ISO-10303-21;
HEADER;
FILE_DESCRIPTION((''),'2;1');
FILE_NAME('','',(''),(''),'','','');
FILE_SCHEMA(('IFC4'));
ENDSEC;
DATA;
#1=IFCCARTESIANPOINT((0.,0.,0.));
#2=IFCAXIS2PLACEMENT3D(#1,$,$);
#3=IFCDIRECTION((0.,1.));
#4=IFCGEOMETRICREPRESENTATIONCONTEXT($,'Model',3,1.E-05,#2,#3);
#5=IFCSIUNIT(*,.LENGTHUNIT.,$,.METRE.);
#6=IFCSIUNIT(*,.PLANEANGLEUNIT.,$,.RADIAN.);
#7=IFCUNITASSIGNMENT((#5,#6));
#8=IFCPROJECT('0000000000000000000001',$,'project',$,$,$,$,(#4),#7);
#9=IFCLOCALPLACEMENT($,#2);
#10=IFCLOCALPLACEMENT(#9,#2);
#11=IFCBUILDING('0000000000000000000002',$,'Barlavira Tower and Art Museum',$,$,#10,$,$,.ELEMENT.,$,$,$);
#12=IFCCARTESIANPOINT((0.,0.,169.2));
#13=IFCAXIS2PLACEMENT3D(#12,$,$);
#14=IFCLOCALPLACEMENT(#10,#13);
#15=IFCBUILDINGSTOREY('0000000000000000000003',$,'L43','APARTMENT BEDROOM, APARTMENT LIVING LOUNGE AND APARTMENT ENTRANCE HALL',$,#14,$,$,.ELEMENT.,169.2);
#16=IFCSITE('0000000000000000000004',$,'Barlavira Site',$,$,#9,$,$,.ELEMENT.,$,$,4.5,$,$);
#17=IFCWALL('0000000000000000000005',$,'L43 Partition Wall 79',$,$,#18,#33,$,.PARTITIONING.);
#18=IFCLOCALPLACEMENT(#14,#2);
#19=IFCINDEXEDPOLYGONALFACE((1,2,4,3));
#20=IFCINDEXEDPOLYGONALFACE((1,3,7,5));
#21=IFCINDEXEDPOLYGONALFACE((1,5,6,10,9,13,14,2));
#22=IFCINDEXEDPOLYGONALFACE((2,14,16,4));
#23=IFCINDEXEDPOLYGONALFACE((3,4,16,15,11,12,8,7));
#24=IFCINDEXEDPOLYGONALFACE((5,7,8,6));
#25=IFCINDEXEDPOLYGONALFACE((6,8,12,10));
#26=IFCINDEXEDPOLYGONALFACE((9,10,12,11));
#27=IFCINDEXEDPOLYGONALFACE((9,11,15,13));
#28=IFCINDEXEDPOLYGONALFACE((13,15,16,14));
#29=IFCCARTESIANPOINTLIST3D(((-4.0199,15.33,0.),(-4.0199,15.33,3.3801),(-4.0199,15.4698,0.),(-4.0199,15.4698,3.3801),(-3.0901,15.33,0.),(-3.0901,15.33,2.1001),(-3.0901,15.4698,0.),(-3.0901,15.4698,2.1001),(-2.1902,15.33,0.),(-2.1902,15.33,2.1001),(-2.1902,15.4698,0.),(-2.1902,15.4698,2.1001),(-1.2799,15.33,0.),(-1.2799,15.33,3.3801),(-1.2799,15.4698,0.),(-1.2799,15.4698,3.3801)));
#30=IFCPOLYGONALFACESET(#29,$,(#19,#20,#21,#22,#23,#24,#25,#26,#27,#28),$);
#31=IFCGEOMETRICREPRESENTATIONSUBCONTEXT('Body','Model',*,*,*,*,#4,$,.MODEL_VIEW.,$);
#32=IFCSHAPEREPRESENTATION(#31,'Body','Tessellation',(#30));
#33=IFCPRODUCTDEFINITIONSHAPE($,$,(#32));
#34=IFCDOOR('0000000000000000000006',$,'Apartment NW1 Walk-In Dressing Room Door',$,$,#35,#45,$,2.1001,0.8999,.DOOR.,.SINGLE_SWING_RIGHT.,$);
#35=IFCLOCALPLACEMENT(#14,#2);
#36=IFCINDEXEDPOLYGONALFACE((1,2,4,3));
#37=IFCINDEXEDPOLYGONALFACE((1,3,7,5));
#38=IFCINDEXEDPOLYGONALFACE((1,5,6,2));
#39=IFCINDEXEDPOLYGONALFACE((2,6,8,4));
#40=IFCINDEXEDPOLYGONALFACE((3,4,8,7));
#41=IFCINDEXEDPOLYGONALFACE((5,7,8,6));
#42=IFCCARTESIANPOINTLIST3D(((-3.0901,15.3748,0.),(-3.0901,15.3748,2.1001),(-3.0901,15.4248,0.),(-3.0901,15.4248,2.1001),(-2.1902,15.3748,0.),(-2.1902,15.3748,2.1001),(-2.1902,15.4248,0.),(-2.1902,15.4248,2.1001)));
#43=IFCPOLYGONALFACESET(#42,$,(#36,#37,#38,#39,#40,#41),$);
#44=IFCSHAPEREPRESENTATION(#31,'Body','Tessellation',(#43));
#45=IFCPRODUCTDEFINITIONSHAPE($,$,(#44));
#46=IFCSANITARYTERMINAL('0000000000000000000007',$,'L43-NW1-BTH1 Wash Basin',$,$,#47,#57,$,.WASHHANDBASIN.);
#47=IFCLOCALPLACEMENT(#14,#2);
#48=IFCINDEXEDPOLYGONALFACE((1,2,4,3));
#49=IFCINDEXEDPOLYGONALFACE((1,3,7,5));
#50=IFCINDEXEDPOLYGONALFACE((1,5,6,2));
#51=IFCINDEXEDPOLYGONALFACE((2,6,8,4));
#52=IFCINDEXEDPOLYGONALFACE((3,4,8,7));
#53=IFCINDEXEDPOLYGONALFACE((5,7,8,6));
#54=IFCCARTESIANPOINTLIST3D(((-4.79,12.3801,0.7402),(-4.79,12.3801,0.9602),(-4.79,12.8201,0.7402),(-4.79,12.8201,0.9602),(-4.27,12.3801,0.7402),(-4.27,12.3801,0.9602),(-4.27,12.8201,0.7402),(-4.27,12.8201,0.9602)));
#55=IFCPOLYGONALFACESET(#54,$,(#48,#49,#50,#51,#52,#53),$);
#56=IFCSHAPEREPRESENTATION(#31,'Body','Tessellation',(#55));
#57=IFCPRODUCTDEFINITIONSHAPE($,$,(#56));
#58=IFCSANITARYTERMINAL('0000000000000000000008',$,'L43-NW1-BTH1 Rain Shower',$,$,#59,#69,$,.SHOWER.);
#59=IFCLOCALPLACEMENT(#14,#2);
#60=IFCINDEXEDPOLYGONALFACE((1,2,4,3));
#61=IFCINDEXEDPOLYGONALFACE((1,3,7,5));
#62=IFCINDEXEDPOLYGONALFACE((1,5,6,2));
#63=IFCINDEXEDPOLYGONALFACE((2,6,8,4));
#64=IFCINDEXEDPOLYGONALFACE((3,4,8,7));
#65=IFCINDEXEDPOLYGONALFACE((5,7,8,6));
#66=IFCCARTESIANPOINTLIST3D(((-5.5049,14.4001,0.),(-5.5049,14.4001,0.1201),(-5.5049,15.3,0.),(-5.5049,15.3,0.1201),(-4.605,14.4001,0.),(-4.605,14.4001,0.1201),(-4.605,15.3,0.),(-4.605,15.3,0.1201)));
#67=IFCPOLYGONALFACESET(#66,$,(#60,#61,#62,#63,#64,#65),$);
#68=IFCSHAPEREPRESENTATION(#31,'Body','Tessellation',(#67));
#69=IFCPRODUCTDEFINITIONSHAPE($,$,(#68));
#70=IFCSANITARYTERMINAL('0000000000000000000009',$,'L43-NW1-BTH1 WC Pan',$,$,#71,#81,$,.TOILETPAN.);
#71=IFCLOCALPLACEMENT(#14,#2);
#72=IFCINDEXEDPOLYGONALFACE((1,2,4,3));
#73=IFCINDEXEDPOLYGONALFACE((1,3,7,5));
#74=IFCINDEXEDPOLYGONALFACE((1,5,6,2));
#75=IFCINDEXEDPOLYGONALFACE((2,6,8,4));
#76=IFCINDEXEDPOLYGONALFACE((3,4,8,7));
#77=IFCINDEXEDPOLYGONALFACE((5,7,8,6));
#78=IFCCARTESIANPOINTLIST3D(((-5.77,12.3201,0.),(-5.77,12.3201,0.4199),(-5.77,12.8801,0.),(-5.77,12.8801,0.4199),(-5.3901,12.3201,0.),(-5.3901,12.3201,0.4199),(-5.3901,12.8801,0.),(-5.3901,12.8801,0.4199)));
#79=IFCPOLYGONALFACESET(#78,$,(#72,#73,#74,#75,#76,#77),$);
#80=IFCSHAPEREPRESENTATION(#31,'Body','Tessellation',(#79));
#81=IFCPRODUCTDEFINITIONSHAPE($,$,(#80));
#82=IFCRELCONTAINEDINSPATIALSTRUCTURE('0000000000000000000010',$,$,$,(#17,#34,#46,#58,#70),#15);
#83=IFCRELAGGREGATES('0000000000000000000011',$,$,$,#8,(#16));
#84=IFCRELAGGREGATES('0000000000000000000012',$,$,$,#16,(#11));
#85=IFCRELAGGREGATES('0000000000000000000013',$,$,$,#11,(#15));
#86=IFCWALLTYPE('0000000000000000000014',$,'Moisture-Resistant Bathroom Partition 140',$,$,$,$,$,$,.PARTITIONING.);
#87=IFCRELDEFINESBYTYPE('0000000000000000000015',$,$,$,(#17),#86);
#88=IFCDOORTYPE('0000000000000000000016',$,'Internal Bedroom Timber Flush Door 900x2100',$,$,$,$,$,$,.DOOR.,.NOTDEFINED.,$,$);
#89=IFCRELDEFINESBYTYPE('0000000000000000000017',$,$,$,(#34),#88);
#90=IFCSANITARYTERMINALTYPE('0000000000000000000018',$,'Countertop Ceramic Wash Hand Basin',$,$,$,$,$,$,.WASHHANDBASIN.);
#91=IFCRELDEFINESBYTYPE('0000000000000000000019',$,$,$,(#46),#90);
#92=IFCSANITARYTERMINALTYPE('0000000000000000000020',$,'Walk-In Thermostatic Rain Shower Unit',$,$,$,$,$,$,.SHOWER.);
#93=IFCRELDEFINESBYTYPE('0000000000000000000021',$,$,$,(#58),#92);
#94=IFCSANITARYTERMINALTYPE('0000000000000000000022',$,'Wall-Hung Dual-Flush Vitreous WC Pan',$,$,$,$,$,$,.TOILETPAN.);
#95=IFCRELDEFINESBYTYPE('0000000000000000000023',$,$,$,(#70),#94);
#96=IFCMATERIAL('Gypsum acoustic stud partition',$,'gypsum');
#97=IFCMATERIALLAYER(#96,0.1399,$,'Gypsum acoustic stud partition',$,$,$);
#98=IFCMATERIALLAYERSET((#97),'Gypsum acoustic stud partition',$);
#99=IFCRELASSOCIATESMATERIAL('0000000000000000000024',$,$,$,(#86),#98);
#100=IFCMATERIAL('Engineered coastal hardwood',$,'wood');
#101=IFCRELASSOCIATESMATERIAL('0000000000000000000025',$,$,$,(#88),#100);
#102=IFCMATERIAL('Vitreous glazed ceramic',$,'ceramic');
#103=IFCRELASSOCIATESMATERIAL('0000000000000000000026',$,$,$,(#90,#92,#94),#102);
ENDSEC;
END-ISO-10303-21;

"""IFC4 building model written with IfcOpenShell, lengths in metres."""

from ifc_helpers import new_model, si_unit, direction, frame, frame_2d, origin, origin_2d, place, context, subcontext, project, spatial, rectangle, extrude, material, layer, layer_set, type_object, element, fill, save


model = new_model("IFC4")

# Units and contexts
model_context = context("Model", 3, precision=1e-05, world=origin(), true_north=direction((0.0, 1.0)))
body_context = subcontext(model_context, "Body", "Model", "MODEL_VIEW")
ifc_project = project(units=[si_unit("LENGTHUNIT", "METRE"), si_unit("PLANEANGLEUNIT", "RADIAN")], contexts=[model_context])

# Site, building, storey
site_placement = place(None, origin())
site = spatial("IfcSite", under=ifc_project, at=site_placement, Name="Barlavira Site", CompositionType="ELEMENT", RefElevation=4.5)
building_placement = place(site_placement, origin())
building = spatial("IfcBuilding", under=site, at=building_placement, Name="Barlavira Tower and Art Museum", CompositionType="ELEMENT")
storey_placement = place(building_placement, frame((0.0, 0.0, 169.2)))
storey = spatial("IfcBuildingStorey", under=building, at=storey_placement, Name="L43", Description="APARTMENT BEDROOM, APARTMENT LIVING LOUNGE AND APARTMENT ENTRANCE HALL", CompositionType="ELEMENT", Elevation=169.2)

# Shared definitions
ifc_material_1 = material(Name="Gypsum acoustic stud partition", Category="gypsum")

# Shared definitions
ifc_layer_1 = layer(ifc_material_1, 0.1399, Name="Gypsum acoustic stud partition")
ifc_layer_set_1 = layer_set([ifc_layer_1], Name="Gypsum acoustic stud partition")
wall_type_1 = type_object("IfcWallType", Name="Moisture-Resistant Bathroom Partition 140", PredefinedType="PARTITIONING", material=ifc_layer_set_1)
ifc_material_2 = material(Name="Engineered coastal hardwood", Category="wood")
door_type_1 = type_object("IfcDoorType", Name="Internal Bedroom Timber Flush Door 900x2100", OperationType="NOTDEFINED", PredefinedType="DOOR", material=ifc_material_2)

# Wall, opening, door
wall_1_placement = place(storey_placement, frame((-4.02, 15.3999, 0.0), z_axis=(0.0, 0.0, 1.0), x_axis=(1.0, 0.0, 0.0)))
wall_1 = element("IfcWall", 1, at=wall_1_placement, inside=storey, type_object=wall_type_1, Name="L43 Partition Wall 79", PredefinedType="PARTITIONING", context=body_context, shape_type="SweptSolid", body=[
    extrude(rectangle(XDim=2.74, YDim=0.1399, at=frame_2d((1.3701, 0.0))), origin(), (0.0, 0.0, 1.0), 3.3801),
])
opening_1_placement = place(wall_1_placement, frame((0.9299, 0.0, 0.0)))
opening_1 = element("IfcOpeningElement", 2, at=opening_1_placement, cuts=wall_1, PredefinedType="OPENING", context=body_context, shape_type="SweptSolid", body=[
    extrude(rectangle(XDim=0.8999, YDim=2.1001, at=frame_2d((0.45, 1.05))), frame((0.0, 0.0801, 0.0), z_axis=(0.0, -1.0, 0.0), x_axis=(1.0, 0.0, 0.0)), (0.0, 0.0, 1.0), 0.1599),
])
door_1_placement = place(opening_1_placement, origin())
door_1 = element("IfcDoor", 3, at=door_1_placement, inside=storey, type_object=door_type_1, Name="Apartment NW1 Walk-In Dressing Room Door", OperationType="SINGLE_SWING_RIGHT", OverallHeight=2.1001, OverallWidth=0.8999, PredefinedType="DOOR", context=body_context, shape_type="SweptSolid", body=[
    extrude(rectangle(XDim=0.8999, YDim=2.1001, at=frame_2d((0.45, 1.05))), frame((0.0, 0.0249, 0.0), z_axis=(0.0, -1.0, 0.0), x_axis=(1.0, 0.0, 0.0)), (0.0, 0.0, 1.0), 0.05),
])
fill(opening_1, door_1)

# Sanitary terminals
ifc_material_3 = material(Name="Vitreous glazed ceramic", Category="ceramic")
sanitary_terminal_type_1 = type_object("IfcSanitaryTerminalType", Name="Countertop Ceramic Wash Hand Basin", PredefinedType="WASHHANDBASIN", material=ifc_material_3)
sanitary_terminal_1_placement = place(storey_placement, frame((-4.53, 12.6001, 0.7402), z_axis=(0.0, 0.0, 1.0), x_axis=(1.0, 0.0, 0.0)))
element("IfcSanitaryTerminal", 4, at=sanitary_terminal_1_placement, inside=storey, type_object=sanitary_terminal_type_1, Name="L43-NW1-BTH1 Wash Basin", PredefinedType="WASHHANDBASIN", context=body_context, shape_type="SweptSolid", body=[
    extrude(rectangle(XDim=0.52, YDim=0.4399, at=origin_2d()), origin(), (0.0, 0.0, 1.0), 0.22),
])
sanitary_terminal_type_2 = type_object("IfcSanitaryTerminalType", Name="Walk-In Thermostatic Rain Shower Unit", PredefinedType="SHOWER", material=ifc_material_3)
sanitary_terminal_2_placement = place(storey_placement, frame((-5.0549, 14.8501, 0.0), z_axis=(0.0, 0.0, 1.0), x_axis=(1.0, 0.0, 0.0)))
element("IfcSanitaryTerminal", 5, at=sanitary_terminal_2_placement, inside=storey, type_object=sanitary_terminal_type_2, Name="L43-NW1-BTH1 Rain Shower", PredefinedType="SHOWER", context=body_context, shape_type="SweptSolid", body=[
    extrude(rectangle(XDim=0.8999, YDim=0.8999, at=origin_2d()), origin(), (0.0, 0.0, 1.0), 0.1201),
])
sanitary_terminal_type_3 = type_object("IfcSanitaryTerminalType", Name="Wall-Hung Dual-Flush Vitreous WC Pan", PredefinedType="TOILETPAN", material=ifc_material_3)
sanitary_terminal_3_placement = place(storey_placement, frame((-5.5801, 12.6001, 0.0), z_axis=(0.0, 0.0, 1.0), x_axis=(1.0, 0.0, 0.0)))
element("IfcSanitaryTerminal", 6, at=sanitary_terminal_3_placement, inside=storey, type_object=sanitary_terminal_type_3, Name="L43-NW1-BTH1 WC Pan", PredefinedType="TOILETPAN", context=body_context, shape_type="SweptSolid", body=[
    extrude(rectangle(XDim=0.3799, YDim=0.5601, at=origin_2d()), origin(), (0.0, 0.0, 1.0), 0.4199),
])

save(model, "model.ifc")
